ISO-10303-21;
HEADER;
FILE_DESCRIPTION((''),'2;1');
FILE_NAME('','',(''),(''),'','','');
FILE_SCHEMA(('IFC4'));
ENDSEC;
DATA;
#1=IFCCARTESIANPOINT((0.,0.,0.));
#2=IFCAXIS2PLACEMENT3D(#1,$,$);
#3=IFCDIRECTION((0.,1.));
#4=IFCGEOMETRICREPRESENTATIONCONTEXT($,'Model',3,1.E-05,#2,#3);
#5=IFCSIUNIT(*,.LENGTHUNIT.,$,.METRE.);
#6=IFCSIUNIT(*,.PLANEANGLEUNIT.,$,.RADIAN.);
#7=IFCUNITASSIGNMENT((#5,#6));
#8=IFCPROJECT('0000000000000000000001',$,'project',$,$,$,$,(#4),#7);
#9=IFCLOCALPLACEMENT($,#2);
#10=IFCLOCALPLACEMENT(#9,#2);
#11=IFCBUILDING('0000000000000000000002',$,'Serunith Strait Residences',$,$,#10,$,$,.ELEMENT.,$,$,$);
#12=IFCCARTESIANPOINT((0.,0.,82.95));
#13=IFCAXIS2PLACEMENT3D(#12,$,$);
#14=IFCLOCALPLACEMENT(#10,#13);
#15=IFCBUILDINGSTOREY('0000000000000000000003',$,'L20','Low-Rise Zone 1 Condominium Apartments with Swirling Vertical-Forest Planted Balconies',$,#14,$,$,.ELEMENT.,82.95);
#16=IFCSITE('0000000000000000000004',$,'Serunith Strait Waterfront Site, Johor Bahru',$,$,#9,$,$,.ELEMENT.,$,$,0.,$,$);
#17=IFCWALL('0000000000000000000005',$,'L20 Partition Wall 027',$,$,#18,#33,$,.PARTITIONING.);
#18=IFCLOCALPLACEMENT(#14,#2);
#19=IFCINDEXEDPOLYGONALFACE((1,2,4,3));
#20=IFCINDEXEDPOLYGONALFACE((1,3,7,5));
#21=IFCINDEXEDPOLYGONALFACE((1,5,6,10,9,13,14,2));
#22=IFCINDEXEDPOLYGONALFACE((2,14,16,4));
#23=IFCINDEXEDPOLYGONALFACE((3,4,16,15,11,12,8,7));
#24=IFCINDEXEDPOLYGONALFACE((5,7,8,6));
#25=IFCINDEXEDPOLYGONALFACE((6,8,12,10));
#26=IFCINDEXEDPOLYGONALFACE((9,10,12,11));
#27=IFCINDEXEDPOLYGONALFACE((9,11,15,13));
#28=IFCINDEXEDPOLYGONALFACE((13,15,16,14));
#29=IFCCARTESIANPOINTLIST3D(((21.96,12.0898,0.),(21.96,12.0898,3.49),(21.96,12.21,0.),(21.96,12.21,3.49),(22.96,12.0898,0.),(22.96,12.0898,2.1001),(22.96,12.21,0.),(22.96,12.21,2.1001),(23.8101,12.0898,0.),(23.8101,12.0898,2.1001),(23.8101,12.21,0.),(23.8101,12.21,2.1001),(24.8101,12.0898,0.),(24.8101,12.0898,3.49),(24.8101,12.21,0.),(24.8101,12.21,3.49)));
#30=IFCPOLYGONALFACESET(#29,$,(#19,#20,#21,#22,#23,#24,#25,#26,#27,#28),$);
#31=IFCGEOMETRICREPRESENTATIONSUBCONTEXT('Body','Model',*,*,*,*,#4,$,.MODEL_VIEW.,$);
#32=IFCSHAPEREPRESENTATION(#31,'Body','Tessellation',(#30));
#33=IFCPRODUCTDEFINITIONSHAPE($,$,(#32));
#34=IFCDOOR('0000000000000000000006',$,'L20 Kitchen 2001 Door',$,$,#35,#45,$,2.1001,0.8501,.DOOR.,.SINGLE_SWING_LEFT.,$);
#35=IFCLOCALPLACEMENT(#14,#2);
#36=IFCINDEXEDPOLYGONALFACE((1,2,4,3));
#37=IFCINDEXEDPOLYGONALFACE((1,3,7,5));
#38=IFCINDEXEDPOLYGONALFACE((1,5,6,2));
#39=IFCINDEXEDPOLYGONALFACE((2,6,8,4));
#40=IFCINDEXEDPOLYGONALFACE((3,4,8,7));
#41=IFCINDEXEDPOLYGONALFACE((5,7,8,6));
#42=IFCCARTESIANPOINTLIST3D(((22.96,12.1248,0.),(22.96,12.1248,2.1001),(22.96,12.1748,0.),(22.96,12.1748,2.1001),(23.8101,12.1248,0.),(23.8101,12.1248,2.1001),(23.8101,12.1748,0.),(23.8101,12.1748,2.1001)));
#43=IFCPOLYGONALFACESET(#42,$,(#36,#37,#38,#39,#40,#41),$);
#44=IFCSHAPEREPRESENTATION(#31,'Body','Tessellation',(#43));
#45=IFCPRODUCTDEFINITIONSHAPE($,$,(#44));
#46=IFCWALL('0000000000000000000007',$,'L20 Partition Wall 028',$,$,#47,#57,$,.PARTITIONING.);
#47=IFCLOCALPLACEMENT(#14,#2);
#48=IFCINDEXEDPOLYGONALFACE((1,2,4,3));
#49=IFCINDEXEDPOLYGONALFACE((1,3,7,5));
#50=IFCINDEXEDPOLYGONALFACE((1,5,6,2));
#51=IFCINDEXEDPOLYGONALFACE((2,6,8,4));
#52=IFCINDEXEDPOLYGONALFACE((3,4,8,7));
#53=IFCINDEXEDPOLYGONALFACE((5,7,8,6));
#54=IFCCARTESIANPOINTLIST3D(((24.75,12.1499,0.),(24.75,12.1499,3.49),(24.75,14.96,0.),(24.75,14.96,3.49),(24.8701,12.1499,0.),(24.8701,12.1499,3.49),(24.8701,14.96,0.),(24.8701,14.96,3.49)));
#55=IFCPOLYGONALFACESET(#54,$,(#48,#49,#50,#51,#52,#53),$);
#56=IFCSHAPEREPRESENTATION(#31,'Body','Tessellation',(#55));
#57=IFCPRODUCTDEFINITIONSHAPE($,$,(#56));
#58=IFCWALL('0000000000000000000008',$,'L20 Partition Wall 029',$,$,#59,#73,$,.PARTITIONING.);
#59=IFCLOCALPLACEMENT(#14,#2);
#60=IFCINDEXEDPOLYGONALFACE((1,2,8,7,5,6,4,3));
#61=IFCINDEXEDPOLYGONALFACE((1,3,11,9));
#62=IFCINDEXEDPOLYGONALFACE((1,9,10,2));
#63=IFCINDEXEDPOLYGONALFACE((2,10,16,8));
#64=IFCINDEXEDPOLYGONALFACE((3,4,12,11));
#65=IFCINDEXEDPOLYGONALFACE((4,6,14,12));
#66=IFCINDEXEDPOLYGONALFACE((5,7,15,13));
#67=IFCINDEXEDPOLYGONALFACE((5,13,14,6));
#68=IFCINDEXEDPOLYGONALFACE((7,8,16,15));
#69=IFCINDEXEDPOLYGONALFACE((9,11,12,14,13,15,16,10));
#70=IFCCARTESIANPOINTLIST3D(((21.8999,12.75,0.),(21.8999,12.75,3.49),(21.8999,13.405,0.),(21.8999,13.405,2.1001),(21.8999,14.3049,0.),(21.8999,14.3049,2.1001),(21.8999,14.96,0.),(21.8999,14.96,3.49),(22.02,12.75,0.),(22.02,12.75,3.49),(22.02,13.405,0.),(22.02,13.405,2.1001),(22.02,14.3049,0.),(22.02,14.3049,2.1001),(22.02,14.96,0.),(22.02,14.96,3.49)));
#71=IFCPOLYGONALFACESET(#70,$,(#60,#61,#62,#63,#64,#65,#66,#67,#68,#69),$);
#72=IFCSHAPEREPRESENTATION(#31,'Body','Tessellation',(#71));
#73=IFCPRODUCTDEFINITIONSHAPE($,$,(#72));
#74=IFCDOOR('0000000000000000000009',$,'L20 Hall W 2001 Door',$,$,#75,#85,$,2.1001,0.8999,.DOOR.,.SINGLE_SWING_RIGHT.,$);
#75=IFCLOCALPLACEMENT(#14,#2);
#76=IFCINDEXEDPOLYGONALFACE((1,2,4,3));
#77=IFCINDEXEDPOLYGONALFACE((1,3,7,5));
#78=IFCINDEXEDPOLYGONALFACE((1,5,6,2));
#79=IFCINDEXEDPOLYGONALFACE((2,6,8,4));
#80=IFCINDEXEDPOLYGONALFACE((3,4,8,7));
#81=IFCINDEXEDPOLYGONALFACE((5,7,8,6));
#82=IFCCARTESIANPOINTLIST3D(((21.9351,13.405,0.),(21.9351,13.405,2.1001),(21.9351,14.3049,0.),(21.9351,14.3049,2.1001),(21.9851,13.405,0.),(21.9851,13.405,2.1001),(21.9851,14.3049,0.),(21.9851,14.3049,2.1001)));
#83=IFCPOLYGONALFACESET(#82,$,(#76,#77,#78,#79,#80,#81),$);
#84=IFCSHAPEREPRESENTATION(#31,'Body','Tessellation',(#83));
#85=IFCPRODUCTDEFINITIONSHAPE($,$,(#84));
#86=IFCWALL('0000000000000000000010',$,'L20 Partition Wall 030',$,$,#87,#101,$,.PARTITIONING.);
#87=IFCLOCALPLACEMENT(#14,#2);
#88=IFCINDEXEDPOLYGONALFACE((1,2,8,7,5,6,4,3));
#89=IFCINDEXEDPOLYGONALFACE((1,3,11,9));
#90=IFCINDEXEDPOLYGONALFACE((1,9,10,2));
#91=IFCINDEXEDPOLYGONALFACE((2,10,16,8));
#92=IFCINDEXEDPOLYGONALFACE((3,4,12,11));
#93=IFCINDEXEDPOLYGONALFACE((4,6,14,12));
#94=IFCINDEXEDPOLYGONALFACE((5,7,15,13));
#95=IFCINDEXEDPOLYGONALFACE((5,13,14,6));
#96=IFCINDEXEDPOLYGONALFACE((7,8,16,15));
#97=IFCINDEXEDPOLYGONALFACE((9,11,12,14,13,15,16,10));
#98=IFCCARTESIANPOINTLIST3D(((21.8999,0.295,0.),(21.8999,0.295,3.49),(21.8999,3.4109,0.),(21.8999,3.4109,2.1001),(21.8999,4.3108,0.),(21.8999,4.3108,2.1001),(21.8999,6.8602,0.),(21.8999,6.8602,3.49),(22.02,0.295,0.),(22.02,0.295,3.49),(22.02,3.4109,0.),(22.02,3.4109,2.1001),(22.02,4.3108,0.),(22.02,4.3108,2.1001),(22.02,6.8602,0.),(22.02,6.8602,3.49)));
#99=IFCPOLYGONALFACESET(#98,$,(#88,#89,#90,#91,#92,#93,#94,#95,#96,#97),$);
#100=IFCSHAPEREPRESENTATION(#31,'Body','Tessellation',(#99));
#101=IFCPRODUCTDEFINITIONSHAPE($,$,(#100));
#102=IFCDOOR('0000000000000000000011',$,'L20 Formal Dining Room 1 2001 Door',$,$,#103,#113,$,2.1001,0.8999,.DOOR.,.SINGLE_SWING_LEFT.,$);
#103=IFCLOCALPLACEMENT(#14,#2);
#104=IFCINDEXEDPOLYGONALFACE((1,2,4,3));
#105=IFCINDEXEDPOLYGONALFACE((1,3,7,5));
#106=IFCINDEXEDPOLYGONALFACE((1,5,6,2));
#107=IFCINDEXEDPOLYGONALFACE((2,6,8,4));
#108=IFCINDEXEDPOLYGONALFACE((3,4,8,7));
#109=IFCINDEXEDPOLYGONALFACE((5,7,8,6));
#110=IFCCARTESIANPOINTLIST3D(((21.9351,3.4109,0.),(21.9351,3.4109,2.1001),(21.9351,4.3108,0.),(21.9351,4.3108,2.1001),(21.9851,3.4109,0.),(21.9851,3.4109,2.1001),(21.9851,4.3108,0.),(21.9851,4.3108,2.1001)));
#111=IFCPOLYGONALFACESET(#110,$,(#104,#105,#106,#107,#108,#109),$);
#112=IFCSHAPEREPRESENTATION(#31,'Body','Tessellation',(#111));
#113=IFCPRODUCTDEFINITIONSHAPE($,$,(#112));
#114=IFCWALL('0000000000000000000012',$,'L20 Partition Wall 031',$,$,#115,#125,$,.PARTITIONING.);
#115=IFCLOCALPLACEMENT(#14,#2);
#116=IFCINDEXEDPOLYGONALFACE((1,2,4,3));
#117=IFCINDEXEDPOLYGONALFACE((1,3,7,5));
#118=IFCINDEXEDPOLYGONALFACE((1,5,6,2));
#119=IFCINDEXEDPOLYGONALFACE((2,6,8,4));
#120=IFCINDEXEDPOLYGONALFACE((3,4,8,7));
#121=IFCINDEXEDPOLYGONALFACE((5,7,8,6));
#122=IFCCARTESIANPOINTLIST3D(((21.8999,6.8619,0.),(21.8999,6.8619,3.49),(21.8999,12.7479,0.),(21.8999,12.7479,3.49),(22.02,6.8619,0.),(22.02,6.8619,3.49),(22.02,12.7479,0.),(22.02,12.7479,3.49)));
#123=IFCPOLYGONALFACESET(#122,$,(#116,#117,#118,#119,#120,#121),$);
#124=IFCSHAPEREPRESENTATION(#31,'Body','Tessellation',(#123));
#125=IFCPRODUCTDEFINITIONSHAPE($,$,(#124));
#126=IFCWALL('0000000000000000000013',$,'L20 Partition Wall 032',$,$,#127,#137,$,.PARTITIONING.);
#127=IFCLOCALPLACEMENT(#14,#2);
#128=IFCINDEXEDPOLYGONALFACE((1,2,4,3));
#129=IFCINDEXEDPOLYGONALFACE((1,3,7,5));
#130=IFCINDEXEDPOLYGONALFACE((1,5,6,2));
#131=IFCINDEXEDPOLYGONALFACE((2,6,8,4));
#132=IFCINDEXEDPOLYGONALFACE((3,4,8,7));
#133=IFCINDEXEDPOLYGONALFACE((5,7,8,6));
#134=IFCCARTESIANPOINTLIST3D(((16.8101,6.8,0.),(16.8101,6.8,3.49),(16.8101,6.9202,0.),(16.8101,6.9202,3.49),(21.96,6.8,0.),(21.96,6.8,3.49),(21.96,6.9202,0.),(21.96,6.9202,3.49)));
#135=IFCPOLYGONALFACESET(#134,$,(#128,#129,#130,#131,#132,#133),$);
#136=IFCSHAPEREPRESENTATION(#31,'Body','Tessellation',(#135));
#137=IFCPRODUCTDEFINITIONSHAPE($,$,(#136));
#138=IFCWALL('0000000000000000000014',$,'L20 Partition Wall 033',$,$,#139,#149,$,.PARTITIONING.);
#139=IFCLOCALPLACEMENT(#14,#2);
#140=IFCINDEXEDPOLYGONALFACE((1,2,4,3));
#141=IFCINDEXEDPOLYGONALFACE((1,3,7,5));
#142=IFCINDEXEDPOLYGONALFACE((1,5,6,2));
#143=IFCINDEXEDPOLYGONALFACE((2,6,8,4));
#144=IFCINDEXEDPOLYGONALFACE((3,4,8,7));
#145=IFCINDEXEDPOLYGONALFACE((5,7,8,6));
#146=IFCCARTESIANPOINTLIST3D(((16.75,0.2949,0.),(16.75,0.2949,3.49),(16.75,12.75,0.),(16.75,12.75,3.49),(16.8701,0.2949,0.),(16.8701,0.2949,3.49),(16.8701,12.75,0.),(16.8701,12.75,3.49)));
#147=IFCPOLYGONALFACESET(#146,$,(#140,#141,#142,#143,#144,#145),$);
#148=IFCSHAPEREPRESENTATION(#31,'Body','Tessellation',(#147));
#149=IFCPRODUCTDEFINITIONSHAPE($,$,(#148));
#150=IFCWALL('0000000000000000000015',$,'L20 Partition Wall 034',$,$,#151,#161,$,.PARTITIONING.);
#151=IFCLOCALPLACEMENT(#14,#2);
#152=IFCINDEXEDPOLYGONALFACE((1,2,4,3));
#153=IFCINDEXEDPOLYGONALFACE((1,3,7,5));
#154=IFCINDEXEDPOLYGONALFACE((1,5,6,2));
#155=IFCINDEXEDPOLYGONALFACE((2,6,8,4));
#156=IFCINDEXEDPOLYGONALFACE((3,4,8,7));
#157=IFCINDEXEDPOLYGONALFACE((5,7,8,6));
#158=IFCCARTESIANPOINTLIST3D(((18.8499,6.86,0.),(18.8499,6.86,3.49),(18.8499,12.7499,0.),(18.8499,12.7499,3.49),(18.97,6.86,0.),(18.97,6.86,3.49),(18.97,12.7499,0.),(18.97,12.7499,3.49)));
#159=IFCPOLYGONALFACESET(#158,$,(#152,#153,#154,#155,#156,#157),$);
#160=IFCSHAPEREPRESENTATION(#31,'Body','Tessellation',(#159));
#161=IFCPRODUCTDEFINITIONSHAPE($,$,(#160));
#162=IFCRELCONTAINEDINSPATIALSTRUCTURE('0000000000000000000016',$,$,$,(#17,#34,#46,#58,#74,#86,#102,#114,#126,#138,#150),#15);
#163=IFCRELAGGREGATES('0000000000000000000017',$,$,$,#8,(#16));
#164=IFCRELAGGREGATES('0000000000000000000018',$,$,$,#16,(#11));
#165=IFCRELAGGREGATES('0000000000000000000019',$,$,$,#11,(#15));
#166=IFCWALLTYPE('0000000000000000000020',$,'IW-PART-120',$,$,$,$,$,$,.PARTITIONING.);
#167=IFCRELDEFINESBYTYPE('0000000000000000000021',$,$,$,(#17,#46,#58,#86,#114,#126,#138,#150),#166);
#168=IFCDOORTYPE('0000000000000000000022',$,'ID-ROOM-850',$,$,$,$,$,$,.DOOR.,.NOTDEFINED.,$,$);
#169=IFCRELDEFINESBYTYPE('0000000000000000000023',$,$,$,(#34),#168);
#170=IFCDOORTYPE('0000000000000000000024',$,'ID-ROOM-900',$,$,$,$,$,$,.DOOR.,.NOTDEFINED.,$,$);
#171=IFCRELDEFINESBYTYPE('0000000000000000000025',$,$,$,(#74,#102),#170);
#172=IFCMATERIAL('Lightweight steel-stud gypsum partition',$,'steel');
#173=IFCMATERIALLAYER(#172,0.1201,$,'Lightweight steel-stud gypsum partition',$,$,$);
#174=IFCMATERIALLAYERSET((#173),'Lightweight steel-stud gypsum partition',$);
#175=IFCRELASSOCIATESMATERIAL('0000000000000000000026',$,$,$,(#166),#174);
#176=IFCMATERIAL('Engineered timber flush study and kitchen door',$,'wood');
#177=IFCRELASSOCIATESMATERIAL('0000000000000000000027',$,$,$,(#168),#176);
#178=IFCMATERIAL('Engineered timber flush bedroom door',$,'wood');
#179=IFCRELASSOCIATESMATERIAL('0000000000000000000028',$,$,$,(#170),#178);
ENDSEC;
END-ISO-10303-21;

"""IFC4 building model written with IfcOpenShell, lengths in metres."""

from ifc_helpers import new_model, si_unit, direction, frame, frame_2d, origin, place, context, subcontext, project, spatial, rectangle, extrude, source, transform, mapped, material, layer, layer_set, type_object, element, fill, save


model = new_model("IFC4")

# Units and contexts
model_context = context("Model", 3, precision=1e-05, world=origin(), true_north=direction((0.0, 1.0)))
body_context = subcontext(model_context, "Body", "Model", "MODEL_VIEW")
ifc_project = project(units=[si_unit("LENGTHUNIT", "METRE"), si_unit("PLANEANGLEUNIT", "RADIAN")], contexts=[model_context])

# Site, building, storey
site_placement = place(None, origin())
site = spatial("IfcSite", under=ifc_project, at=site_placement, Name="Serunith Strait Waterfront Site, Johor Bahru", CompositionType="ELEMENT", RefElevation=0.0)
building_placement = place(site_placement, origin())
building = spatial("IfcBuilding", under=site, at=building_placement, Name="Serunith Strait Residences", CompositionType="ELEMENT")
storey_placement = place(building_placement, frame((0.0, 0.0, 82.95)))
storey = spatial("IfcBuildingStorey", under=building, at=storey_placement, Name="L20", Description="Low-Rise Zone 1 Condominium Apartments with Swirling Vertical-Forest Planted Balconies", CompositionType="ELEMENT", Elevation=82.95)

# Wall, opening, door
ifc_material_1 = material(Name="Lightweight steel-stud gypsum partition", Category="steel")
ifc_layer_1 = layer(ifc_material_1, 0.1201, Name="Lightweight steel-stud gypsum partition")
ifc_layer_set_1 = layer_set([ifc_layer_1], Name="Lightweight steel-stud gypsum partition")
wall_type = type_object("IfcWallType", Name="IW-PART-120", PredefinedType="PARTITIONING", material=ifc_layer_set_1)
wall_1_placement = place(storey_placement, frame((21.96, 12.1499, 0.0), z_axis=(0.0, 0.0, 1.0), x_axis=(1.0, 0.0, 0.0)))
wall_1 = element("IfcWall", 1, at=wall_1_placement, inside=storey, type_object=wall_type, Name="L20 Partition Wall 027", PredefinedType="PARTITIONING", context=body_context, shape_type="SweptSolid", body=[
    extrude(rectangle(XDim=2.8501, YDim=0.1201, at=frame_2d((1.425, 0.0))), origin(), (0.0, 0.0, 1.0), 3.49),
])
opening_1_placement = place(wall_1_placement, frame((1.0, 0.0, 0.0)))
opening_1 = element("IfcOpeningElement", 2, at=opening_1_placement, cuts=wall_1, PredefinedType="OPENING", context=body_context, shape_type="SweptSolid", body=[
    extrude(rectangle(XDim=0.8501, YDim=2.1001, at=frame_2d((0.425, 1.05))), frame((0.0, 0.0701, 0.0), z_axis=(0.0, -1.0, 0.0), x_axis=(1.0, 0.0, 0.0)), (0.0, 0.0, 1.0), 0.1401),
])
ifc_material_2 = material(Name="Engineered timber flush study and kitchen door", Category="wood")
door_type_1 = type_object("IfcDoorType", Name="ID-ROOM-850", OperationType="NOTDEFINED", PredefinedType="DOOR", material=ifc_material_2)
shared_shape_1 = source(origin(), body_context, "Body", "SweptSolid", [
    extrude(rectangle(XDim=0.8501, YDim=2.1001, at=frame_2d((0.425, 1.05))), frame((0.0, 0.0249, 0.0), z_axis=(0.0, -1.0, 0.0), x_axis=(1.0, 0.0, 0.0)), (0.0, 0.0, 1.0), 0.05),
])
door_1_placement = place(opening_1_placement, origin())
door_1 = element("IfcDoor", 3, at=door_1_placement, inside=storey, type_object=door_type_1, Name="L20 Kitchen 2001 Door", OperationType="SINGLE_SWING_LEFT", OverallHeight=2.1001, OverallWidth=0.8501, PredefinedType="DOOR", context=body_context, shape_type="MappedRepresentation", body=[
    mapped(shared_shape_1, transform((0.0, 0.0, 0.0), scale=1.0)),
])
fill(opening_1, door_1)

# Wall
wall_2_placement = place(storey_placement, frame((24.8101, 12.1499, 0.0), z_axis=(0.0, 0.0, 1.0), x_axis=(0.0, 1.0, 0.0)))
element("IfcWall", 4, at=wall_2_placement, inside=storey, type_object=wall_type, Name="L20 Partition Wall 028", PredefinedType="PARTITIONING", context=body_context, shape_type="SweptSolid", body=[
    extrude(rectangle(XDim=2.8101, YDim=0.1201, at=frame_2d((1.405, 0.0))), origin(), (0.0, 0.0, 1.0), 3.49),
])

# Walls, openings, doors
wall_3_placement = place(storey_placement, frame((21.96, 12.75, 0.0), z_axis=(0.0, 0.0, 1.0), x_axis=(0.0, 1.0, 0.0)))
wall_3 = element("IfcWall", 5, at=wall_3_placement, inside=storey, type_object=wall_type, Name="L20 Partition Wall 029", PredefinedType="PARTITIONING", context=body_context, shape_type="SweptSolid", body=[
    extrude(rectangle(XDim=2.21, YDim=0.1201, at=frame_2d((1.105, 0.0))), origin(), (0.0, 0.0, 1.0), 3.49),
])
opening_2_placement = place(wall_3_placement, frame((0.655, 0.0, 0.0)))
opening_2 = element("IfcOpeningElement", 6, at=opening_2_placement, cuts=wall_3, PredefinedType="OPENING", context=body_context, shape_type="SweptSolid", body=[
    extrude(rectangle(XDim=0.8999, YDim=2.1001, at=frame_2d((0.45, 1.05))), frame((0.0, 0.0701, 0.0), z_axis=(0.0, -1.0, 0.0), x_axis=(1.0, 0.0, 0.0)), (0.0, 0.0, 1.0), 0.1401),
])
ifc_material_3 = material(Name="Engineered timber flush bedroom door", Category="wood")
door_type_2 = type_object("IfcDoorType", Name="ID-ROOM-900", OperationType="NOTDEFINED", PredefinedType="DOOR", material=ifc_material_3)
shared_shape_2 = source(origin(), body_context, "Body", "SweptSolid", [
    extrude(rectangle(XDim=0.8999, YDim=2.1001, at=frame_2d((0.45, 1.05))), frame((0.0, 0.0249, 0.0), z_axis=(0.0, -1.0, 0.0), x_axis=(1.0, 0.0, 0.0)), (0.0, 0.0, 1.0), 0.05),
])
door_2_placement = place(opening_2_placement, origin())
door_2 = element("IfcDoor", 7, at=door_2_placement, inside=storey, type_object=door_type_2, Name="L20 Hall W 2001 Door", OperationType="SINGLE_SWING_RIGHT", OverallHeight=2.1001, OverallWidth=0.8999, PredefinedType="DOOR", context=body_context, shape_type="MappedRepresentation", body=[
    mapped(shared_shape_2, transform((0.0, 0.0, 0.0), scale=1.0)),
])
fill(opening_2, door_2)
wall_4_placement = place(storey_placement, frame((21.96, 0.2949, 0.0), z_axis=(0.0, 0.0, 1.0), x_axis=(0.0, 1.0, 0.0)))
wall_4 = element("IfcWall", 8, at=wall_4_placement, inside=storey, type_object=wall_type, Name="L20 Partition Wall 030", PredefinedType="PARTITIONING", context=body_context, shape_type="SweptSolid", body=[
    extrude(rectangle(XDim=6.5652, YDim=0.1201, at=frame_2d((3.2827, 0.0))), origin(), (0.0, 0.0, 1.0), 3.49),
])
opening_3_placement = place(wall_4_placement, frame((3.116, 0.0, 0.0)))
opening_3 = element("IfcOpeningElement", 9, at=opening_3_placement, cuts=wall_4, PredefinedType="OPENING", context=body_context, shape_type="SweptSolid", body=[
    extrude(rectangle(XDim=0.8999, YDim=2.1001, at=frame_2d((0.45, 1.05))), frame((0.0, 0.0701, 0.0), z_axis=(0.0, -1.0, 0.0), x_axis=(1.0, 0.0, 0.0)), (0.0, 0.0, 1.0), 0.1401),
])
door_3_placement = place(opening_3_placement, origin())
door_3 = element("IfcDoor", 10, at=door_3_placement, inside=storey, type_object=door_type_2, Name="L20 Formal Dining Room 1 2001 Door", OperationType="SINGLE_SWING_LEFT", OverallHeight=2.1001, OverallWidth=0.8999, PredefinedType="DOOR", context=body_context, shape_type="MappedRepresentation", body=[
    mapped(shared_shape_2, transform((0.0, 0.0, 0.0), scale=1.0)),
])
fill(opening_3, door_3)

# Walls
wall_5_placement = place(storey_placement, frame((21.96, 6.8621, 0.0), z_axis=(0.0, 0.0, 1.0), x_axis=(0.0, 1.0, 0.0)))
element("IfcWall", 11, at=wall_5_placement, inside=storey, type_object=wall_type, Name="L20 Partition Wall 031", PredefinedType="PARTITIONING", context=body_context, shape_type="SweptSolid", body=[
    extrude(rectangle(XDim=5.886, YDim=0.1201, at=frame_2d((2.9429, 0.0))), origin(), (0.0, 0.0, 1.0), 3.49),
])
wall_6_placement = place(storey_placement, frame((16.8101, 6.8601, 0.0), z_axis=(0.0, 0.0, 1.0), x_axis=(1.0, 0.0, 0.0)))
element("IfcWall", 12, at=wall_6_placement, inside=storey, type_object=wall_type, Name="L20 Partition Wall 032", PredefinedType="PARTITIONING", context=body_context, shape_type="SweptSolid", body=[
    extrude(rectangle(XDim=5.1499, YDim=0.1201, at=frame_2d((2.575, 0.0))), origin(), (0.0, 0.0, 1.0), 3.49),
])
wall_7_placement = place(storey_placement, frame((16.8101, 0.2949, 0.0), z_axis=(0.0, 0.0, 1.0), x_axis=(0.0, 1.0, 0.0)))
element("IfcWall", 13, at=wall_7_placement, inside=storey, type_object=wall_type, Name="L20 Partition Wall 033", PredefinedType="PARTITIONING", context=body_context, shape_type="SweptSolid", body=[
    extrude(rectangle(XDim=12.4551, YDim=0.1201, at=frame_2d((6.2275, 0.0))), origin(), (0.0, 0.0, 1.0), 3.49),
])
wall_8_placement = place(storey_placement, frame((18.9099, 6.8601, 0.0), z_axis=(0.0, 0.0, 1.0), x_axis=(0.0, 1.0, 0.0)))
element("IfcWall", 14, at=wall_8_placement, inside=storey, type_object=wall_type, Name="L20 Partition Wall 034", PredefinedType="PARTITIONING", context=body_context, shape_type="SweptSolid", body=[
    extrude(rectangle(XDim=5.8899, YDim=0.1201, at=frame_2d((2.9448, 0.0))), origin(), (0.0, 0.0, 1.0), 3.49),
])

save(model, "model.ifc")
